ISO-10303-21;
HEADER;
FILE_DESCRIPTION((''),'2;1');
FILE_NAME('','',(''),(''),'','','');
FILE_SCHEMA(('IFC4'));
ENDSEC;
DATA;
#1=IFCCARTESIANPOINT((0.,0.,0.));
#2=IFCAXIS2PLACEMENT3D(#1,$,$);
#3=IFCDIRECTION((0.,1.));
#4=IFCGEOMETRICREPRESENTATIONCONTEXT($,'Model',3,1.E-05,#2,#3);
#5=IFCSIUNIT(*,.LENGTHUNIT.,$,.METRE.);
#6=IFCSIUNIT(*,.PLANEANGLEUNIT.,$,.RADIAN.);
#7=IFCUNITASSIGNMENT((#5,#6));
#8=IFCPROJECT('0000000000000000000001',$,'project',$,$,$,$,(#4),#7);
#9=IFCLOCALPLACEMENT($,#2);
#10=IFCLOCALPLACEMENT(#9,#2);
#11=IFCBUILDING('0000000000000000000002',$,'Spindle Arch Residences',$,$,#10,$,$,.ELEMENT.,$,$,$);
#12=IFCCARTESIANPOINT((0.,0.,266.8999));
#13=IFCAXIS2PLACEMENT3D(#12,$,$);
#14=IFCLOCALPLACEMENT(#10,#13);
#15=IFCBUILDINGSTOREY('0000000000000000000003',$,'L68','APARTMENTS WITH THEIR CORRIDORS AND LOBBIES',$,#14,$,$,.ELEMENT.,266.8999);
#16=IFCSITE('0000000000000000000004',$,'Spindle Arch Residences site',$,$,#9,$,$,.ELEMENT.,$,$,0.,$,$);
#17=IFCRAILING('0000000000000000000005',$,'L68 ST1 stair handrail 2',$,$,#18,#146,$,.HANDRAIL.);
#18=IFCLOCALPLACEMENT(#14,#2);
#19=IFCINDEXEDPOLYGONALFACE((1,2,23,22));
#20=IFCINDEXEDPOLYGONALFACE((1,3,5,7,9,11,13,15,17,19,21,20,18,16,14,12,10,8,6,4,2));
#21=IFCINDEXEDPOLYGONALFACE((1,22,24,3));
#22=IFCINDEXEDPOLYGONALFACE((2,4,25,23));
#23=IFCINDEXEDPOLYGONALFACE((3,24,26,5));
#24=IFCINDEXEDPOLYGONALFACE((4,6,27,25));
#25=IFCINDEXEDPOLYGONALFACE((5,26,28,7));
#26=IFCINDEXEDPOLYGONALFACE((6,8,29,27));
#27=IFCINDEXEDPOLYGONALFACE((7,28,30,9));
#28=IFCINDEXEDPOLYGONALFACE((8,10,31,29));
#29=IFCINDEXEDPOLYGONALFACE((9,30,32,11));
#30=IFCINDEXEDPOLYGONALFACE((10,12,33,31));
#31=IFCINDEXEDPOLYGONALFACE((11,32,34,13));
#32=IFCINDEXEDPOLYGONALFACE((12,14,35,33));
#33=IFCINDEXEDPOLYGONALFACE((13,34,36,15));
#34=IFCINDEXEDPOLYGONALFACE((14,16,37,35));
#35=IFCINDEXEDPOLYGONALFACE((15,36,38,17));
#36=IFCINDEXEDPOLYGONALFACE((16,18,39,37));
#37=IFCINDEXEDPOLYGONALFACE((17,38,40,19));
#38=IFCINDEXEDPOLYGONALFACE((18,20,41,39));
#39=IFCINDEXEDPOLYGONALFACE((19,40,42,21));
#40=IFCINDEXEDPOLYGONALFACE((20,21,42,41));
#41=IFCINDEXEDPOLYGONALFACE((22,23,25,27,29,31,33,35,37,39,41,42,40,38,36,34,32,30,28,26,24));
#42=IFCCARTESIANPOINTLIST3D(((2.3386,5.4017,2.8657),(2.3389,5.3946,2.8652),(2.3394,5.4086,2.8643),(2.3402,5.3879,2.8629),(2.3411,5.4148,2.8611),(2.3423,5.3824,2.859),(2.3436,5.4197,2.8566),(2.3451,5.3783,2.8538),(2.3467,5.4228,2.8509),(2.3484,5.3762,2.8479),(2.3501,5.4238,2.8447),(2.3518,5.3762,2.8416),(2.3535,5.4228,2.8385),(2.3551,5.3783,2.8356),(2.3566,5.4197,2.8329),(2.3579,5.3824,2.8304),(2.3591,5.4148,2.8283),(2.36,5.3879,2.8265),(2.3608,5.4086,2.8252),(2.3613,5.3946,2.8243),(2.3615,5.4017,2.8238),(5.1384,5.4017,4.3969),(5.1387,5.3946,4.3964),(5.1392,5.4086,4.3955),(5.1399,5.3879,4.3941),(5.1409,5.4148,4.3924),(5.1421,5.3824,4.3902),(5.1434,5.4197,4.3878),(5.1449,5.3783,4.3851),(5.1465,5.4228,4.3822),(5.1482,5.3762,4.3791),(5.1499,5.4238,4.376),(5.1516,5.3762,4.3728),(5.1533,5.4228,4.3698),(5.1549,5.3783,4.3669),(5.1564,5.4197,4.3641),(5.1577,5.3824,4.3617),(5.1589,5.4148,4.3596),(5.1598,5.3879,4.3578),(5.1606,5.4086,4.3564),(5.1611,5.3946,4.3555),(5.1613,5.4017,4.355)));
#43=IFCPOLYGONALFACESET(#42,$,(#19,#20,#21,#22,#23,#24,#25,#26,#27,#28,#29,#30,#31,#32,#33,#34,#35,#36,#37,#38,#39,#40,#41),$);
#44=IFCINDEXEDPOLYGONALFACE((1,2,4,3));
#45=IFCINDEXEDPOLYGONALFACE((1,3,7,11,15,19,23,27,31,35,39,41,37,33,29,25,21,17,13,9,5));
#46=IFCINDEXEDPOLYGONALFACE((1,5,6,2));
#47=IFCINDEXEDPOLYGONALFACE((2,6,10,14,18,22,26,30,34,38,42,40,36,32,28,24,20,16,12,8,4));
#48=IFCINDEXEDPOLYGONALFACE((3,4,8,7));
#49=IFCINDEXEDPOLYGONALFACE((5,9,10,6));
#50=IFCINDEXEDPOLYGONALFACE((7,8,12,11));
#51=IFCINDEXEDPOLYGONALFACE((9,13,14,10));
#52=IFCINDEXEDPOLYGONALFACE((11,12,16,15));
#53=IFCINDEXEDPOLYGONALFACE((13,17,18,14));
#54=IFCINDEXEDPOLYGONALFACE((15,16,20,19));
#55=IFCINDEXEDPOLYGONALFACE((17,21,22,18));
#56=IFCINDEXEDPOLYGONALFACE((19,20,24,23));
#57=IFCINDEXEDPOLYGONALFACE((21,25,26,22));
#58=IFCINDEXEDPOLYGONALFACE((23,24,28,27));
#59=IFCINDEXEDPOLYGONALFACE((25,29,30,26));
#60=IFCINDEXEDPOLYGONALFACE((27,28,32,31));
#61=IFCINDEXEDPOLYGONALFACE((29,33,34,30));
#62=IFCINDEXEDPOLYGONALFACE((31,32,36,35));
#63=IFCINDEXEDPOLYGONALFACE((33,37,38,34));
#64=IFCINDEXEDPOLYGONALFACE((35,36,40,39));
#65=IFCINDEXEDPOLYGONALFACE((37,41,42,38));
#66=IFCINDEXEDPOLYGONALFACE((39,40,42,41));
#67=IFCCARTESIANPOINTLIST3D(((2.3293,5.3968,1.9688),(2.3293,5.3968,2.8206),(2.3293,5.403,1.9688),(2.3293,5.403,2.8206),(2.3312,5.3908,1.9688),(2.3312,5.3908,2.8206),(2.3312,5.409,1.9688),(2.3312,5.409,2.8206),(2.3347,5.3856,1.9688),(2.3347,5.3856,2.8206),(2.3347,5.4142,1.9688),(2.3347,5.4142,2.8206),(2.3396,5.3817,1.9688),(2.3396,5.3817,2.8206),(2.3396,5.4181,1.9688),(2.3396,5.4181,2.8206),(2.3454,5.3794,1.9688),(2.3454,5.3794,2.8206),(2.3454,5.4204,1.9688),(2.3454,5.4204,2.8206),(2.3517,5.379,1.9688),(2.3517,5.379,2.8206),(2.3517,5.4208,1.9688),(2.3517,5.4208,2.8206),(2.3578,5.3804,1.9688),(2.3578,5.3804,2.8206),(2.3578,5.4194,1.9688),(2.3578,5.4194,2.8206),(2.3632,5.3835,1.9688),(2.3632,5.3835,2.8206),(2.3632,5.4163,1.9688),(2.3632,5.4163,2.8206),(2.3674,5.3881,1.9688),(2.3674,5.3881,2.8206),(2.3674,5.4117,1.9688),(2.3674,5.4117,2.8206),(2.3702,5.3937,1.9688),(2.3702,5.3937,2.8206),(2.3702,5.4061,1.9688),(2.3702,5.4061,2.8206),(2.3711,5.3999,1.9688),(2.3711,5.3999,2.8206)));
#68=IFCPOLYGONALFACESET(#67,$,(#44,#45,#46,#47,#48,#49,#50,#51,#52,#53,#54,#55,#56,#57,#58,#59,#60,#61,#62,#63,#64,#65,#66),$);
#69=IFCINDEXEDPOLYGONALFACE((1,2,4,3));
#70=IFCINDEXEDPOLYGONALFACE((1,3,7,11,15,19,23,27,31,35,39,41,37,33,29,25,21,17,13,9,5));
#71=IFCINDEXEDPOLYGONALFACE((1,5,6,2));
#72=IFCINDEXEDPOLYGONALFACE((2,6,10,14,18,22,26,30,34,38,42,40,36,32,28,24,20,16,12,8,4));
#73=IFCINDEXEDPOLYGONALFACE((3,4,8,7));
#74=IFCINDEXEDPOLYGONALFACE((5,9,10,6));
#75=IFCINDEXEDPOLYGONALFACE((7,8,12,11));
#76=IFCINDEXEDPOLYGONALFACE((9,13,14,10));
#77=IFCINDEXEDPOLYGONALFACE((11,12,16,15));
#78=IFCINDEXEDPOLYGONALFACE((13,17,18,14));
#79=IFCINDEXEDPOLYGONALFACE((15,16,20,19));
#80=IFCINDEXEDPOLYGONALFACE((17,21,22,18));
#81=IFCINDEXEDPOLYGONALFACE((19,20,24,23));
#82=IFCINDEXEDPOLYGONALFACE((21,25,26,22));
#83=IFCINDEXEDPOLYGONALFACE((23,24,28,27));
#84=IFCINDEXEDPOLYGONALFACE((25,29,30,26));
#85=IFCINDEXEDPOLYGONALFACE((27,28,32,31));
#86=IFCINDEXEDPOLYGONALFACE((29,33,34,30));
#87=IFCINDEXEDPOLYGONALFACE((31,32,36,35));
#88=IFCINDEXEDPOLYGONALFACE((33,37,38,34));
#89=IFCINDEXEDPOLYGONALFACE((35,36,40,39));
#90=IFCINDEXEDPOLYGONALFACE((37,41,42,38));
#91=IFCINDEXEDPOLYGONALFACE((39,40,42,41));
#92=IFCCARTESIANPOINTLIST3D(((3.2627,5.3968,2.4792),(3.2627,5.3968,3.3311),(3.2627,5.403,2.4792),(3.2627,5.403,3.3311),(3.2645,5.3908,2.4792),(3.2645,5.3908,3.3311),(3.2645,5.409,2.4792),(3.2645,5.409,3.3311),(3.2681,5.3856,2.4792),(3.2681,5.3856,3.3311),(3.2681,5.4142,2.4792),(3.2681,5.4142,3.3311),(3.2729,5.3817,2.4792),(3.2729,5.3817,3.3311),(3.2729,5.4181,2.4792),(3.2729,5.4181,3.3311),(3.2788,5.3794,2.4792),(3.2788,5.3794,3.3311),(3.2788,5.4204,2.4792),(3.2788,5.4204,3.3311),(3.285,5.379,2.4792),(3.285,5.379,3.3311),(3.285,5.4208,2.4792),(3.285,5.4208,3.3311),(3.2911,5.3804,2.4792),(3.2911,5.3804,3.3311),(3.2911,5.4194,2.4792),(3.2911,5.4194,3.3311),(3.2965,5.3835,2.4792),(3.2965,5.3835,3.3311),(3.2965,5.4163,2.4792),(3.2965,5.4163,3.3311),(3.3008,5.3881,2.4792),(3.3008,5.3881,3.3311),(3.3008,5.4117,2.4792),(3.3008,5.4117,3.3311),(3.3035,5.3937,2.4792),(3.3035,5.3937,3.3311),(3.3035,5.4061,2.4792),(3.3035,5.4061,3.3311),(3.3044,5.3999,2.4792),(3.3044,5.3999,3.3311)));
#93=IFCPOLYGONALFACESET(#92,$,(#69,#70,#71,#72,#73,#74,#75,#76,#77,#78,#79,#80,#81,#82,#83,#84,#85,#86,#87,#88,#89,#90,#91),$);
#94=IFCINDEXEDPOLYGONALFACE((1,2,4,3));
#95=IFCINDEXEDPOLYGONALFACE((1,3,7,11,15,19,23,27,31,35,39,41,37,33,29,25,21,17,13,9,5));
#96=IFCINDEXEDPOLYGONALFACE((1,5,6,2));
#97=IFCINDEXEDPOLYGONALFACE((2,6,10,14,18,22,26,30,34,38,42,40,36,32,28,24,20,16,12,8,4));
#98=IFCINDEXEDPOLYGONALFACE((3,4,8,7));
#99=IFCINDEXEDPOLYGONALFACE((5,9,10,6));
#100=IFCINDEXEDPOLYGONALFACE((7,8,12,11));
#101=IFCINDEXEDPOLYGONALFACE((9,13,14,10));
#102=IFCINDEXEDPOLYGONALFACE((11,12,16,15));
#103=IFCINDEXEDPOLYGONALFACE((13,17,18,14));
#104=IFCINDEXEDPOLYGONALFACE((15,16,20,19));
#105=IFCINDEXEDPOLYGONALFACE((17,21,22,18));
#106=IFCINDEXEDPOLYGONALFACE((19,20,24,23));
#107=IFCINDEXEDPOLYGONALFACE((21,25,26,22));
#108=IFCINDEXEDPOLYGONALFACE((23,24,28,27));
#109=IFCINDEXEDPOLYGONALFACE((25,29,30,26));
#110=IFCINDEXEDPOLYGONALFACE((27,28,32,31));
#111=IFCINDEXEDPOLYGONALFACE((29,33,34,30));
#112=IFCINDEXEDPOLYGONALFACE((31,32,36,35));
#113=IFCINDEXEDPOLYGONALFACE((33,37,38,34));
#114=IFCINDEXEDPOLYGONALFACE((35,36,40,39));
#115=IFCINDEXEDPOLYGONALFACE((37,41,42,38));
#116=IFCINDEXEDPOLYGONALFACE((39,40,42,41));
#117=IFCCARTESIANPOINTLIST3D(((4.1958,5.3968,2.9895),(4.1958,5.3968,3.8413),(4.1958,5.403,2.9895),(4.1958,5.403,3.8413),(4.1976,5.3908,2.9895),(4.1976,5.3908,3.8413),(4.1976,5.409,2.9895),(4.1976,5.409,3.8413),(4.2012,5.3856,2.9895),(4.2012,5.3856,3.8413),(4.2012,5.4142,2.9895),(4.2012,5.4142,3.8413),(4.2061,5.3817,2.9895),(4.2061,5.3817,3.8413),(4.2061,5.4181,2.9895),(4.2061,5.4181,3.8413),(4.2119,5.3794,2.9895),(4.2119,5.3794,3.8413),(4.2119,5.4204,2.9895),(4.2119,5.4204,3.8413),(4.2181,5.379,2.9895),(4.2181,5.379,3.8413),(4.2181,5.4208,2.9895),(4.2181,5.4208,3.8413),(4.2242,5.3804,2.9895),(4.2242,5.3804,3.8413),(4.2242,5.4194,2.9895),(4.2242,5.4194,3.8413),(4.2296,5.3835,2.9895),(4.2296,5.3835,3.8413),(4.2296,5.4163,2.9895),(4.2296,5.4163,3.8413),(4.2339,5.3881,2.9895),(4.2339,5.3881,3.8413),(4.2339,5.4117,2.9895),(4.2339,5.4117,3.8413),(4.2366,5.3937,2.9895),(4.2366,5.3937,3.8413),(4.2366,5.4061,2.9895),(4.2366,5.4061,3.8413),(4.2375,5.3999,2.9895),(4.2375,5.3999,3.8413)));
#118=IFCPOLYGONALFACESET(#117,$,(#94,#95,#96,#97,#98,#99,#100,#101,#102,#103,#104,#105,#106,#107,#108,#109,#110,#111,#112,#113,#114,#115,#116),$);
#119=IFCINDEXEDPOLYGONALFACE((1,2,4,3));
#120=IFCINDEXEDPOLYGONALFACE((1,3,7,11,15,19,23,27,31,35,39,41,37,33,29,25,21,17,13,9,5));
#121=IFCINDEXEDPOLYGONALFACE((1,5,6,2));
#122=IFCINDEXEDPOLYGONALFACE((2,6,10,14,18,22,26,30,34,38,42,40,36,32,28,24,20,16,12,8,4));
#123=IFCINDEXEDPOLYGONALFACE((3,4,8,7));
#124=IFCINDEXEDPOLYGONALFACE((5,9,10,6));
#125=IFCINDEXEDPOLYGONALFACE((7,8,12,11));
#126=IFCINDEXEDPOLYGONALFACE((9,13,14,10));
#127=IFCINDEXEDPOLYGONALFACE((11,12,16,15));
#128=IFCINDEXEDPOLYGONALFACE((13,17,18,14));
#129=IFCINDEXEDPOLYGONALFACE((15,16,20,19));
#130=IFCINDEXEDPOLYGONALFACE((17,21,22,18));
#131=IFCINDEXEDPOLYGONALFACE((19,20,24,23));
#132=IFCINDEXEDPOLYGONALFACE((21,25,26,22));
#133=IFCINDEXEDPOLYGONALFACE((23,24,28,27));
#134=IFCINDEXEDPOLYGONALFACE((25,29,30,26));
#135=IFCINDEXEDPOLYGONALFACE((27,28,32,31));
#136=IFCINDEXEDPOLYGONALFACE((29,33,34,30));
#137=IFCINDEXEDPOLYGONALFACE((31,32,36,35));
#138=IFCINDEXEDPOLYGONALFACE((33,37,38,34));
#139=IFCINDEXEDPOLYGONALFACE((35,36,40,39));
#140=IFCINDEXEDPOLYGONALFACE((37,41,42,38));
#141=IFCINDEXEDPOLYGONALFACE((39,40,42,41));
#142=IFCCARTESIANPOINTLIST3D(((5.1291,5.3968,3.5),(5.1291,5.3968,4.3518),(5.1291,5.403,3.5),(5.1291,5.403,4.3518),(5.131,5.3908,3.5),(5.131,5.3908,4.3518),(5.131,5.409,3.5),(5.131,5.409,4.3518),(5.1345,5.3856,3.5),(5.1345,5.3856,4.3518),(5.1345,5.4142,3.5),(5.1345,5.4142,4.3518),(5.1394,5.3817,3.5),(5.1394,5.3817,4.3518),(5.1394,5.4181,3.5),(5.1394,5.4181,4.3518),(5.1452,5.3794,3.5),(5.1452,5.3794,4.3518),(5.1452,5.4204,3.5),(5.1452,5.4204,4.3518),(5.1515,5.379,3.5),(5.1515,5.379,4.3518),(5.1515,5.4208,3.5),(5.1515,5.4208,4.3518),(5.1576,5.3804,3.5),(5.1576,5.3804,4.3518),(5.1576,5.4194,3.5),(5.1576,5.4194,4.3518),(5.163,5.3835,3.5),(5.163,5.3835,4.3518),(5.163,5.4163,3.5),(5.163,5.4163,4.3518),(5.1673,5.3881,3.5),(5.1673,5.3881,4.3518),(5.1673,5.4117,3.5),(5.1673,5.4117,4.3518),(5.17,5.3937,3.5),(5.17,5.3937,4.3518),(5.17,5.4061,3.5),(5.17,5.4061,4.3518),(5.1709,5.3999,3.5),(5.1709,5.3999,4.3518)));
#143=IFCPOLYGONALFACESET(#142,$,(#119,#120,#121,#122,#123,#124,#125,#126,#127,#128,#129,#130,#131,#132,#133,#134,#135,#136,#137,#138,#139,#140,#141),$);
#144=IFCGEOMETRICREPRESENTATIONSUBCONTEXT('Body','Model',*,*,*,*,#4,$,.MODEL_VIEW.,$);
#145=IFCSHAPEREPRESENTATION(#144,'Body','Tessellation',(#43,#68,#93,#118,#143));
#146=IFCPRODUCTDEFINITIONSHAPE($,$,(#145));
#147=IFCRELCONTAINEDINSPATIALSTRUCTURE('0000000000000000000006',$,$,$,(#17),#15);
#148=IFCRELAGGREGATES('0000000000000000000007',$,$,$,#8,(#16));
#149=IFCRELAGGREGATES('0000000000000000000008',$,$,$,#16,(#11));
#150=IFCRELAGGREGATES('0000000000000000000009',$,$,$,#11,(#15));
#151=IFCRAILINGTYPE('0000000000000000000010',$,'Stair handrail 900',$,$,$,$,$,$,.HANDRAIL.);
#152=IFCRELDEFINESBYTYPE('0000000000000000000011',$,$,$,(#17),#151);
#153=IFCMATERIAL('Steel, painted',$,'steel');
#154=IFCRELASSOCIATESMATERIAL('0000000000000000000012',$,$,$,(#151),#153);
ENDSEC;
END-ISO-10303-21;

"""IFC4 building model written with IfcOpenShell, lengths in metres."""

from ifc_helpers import new_model, si_unit, direction, frame, origin, origin_2d, place, context, subcontext, project, spatial, circle, extrude, material, type_object, element, save


model = new_model("IFC4")

# Units and contexts
model_context = context("Model", 3, precision=1e-05, world=origin(), true_north=direction((0.0, 1.0)))
body_context = subcontext(model_context, "Body", "Model", "MODEL_VIEW")
ifc_project = project(units=[si_unit("LENGTHUNIT", "METRE"), si_unit("PLANEANGLEUNIT", "RADIAN")], contexts=[model_context])

# Site, building, storey
site_placement = place(None, origin())
site = spatial("IfcSite", under=ifc_project, at=site_placement, Name="Spindle Arch Residences site", CompositionType="ELEMENT", RefElevation=0.0)
building_placement = place(site_placement, origin())
building = spatial("IfcBuilding", under=site, at=building_placement, Name="Spindle Arch Residences", CompositionType="ELEMENT")
storey_placement = place(building_placement, frame((0.0, 0.0, 266.8999)))
storey = spatial("IfcBuildingStorey", under=building, at=storey_placement, Name="L68", Description="APARTMENTS WITH THEIR CORRIDORS AND LOBBIES", CompositionType="ELEMENT", Elevation=266.8999)

# Railing
ifc_material_1 = material(Name="Steel, painted", Category="steel")
railing_type_1 = type_object("IfcRailingType", Name="Stair handrail 900", PredefinedType="HANDRAIL", material=ifc_material_1)
railing_1_placement = place(storey_placement, frame((2.3501, 5.3999, 1.9688)))
element("IfcRailing", 1, at=railing_1_placement, inside=storey, type_object=railing_type_1, Name="L68 ST1 stair handrail 2", PredefinedType="HANDRAIL", context=body_context, shape_type="SweptSolid", body=[
    extrude(circle(Radius=0.0239, at=origin_2d()), frame((0.0, 0.0, 0.876), z_axis=(0.877357, 0.0, 0.479838), x_axis=(0.0, 1.0, 0.0)), (0.0, 0.0, 1.0), 3.1912),
    extrude(circle(Radius=0.021, at=origin_2d()), origin(), (0.0, 0.0, 1.0), 0.8518),
    extrude(circle(Radius=0.021, at=origin_2d()), frame((0.9333, 0.0, 0.5105)), (0.0, 0.0, 1.0), 0.8518),
    extrude(circle(Radius=0.021, at=origin_2d()), frame((1.8665, 0.0, 1.0208)), (0.0, 0.0, 1.0), 0.8518),
    extrude(circle(Radius=0.021, at=origin_2d()), frame((2.7998, 0.0, 1.5312)), (0.0, 0.0, 1.0), 0.8518),
])

save(model, "model.ifc")
